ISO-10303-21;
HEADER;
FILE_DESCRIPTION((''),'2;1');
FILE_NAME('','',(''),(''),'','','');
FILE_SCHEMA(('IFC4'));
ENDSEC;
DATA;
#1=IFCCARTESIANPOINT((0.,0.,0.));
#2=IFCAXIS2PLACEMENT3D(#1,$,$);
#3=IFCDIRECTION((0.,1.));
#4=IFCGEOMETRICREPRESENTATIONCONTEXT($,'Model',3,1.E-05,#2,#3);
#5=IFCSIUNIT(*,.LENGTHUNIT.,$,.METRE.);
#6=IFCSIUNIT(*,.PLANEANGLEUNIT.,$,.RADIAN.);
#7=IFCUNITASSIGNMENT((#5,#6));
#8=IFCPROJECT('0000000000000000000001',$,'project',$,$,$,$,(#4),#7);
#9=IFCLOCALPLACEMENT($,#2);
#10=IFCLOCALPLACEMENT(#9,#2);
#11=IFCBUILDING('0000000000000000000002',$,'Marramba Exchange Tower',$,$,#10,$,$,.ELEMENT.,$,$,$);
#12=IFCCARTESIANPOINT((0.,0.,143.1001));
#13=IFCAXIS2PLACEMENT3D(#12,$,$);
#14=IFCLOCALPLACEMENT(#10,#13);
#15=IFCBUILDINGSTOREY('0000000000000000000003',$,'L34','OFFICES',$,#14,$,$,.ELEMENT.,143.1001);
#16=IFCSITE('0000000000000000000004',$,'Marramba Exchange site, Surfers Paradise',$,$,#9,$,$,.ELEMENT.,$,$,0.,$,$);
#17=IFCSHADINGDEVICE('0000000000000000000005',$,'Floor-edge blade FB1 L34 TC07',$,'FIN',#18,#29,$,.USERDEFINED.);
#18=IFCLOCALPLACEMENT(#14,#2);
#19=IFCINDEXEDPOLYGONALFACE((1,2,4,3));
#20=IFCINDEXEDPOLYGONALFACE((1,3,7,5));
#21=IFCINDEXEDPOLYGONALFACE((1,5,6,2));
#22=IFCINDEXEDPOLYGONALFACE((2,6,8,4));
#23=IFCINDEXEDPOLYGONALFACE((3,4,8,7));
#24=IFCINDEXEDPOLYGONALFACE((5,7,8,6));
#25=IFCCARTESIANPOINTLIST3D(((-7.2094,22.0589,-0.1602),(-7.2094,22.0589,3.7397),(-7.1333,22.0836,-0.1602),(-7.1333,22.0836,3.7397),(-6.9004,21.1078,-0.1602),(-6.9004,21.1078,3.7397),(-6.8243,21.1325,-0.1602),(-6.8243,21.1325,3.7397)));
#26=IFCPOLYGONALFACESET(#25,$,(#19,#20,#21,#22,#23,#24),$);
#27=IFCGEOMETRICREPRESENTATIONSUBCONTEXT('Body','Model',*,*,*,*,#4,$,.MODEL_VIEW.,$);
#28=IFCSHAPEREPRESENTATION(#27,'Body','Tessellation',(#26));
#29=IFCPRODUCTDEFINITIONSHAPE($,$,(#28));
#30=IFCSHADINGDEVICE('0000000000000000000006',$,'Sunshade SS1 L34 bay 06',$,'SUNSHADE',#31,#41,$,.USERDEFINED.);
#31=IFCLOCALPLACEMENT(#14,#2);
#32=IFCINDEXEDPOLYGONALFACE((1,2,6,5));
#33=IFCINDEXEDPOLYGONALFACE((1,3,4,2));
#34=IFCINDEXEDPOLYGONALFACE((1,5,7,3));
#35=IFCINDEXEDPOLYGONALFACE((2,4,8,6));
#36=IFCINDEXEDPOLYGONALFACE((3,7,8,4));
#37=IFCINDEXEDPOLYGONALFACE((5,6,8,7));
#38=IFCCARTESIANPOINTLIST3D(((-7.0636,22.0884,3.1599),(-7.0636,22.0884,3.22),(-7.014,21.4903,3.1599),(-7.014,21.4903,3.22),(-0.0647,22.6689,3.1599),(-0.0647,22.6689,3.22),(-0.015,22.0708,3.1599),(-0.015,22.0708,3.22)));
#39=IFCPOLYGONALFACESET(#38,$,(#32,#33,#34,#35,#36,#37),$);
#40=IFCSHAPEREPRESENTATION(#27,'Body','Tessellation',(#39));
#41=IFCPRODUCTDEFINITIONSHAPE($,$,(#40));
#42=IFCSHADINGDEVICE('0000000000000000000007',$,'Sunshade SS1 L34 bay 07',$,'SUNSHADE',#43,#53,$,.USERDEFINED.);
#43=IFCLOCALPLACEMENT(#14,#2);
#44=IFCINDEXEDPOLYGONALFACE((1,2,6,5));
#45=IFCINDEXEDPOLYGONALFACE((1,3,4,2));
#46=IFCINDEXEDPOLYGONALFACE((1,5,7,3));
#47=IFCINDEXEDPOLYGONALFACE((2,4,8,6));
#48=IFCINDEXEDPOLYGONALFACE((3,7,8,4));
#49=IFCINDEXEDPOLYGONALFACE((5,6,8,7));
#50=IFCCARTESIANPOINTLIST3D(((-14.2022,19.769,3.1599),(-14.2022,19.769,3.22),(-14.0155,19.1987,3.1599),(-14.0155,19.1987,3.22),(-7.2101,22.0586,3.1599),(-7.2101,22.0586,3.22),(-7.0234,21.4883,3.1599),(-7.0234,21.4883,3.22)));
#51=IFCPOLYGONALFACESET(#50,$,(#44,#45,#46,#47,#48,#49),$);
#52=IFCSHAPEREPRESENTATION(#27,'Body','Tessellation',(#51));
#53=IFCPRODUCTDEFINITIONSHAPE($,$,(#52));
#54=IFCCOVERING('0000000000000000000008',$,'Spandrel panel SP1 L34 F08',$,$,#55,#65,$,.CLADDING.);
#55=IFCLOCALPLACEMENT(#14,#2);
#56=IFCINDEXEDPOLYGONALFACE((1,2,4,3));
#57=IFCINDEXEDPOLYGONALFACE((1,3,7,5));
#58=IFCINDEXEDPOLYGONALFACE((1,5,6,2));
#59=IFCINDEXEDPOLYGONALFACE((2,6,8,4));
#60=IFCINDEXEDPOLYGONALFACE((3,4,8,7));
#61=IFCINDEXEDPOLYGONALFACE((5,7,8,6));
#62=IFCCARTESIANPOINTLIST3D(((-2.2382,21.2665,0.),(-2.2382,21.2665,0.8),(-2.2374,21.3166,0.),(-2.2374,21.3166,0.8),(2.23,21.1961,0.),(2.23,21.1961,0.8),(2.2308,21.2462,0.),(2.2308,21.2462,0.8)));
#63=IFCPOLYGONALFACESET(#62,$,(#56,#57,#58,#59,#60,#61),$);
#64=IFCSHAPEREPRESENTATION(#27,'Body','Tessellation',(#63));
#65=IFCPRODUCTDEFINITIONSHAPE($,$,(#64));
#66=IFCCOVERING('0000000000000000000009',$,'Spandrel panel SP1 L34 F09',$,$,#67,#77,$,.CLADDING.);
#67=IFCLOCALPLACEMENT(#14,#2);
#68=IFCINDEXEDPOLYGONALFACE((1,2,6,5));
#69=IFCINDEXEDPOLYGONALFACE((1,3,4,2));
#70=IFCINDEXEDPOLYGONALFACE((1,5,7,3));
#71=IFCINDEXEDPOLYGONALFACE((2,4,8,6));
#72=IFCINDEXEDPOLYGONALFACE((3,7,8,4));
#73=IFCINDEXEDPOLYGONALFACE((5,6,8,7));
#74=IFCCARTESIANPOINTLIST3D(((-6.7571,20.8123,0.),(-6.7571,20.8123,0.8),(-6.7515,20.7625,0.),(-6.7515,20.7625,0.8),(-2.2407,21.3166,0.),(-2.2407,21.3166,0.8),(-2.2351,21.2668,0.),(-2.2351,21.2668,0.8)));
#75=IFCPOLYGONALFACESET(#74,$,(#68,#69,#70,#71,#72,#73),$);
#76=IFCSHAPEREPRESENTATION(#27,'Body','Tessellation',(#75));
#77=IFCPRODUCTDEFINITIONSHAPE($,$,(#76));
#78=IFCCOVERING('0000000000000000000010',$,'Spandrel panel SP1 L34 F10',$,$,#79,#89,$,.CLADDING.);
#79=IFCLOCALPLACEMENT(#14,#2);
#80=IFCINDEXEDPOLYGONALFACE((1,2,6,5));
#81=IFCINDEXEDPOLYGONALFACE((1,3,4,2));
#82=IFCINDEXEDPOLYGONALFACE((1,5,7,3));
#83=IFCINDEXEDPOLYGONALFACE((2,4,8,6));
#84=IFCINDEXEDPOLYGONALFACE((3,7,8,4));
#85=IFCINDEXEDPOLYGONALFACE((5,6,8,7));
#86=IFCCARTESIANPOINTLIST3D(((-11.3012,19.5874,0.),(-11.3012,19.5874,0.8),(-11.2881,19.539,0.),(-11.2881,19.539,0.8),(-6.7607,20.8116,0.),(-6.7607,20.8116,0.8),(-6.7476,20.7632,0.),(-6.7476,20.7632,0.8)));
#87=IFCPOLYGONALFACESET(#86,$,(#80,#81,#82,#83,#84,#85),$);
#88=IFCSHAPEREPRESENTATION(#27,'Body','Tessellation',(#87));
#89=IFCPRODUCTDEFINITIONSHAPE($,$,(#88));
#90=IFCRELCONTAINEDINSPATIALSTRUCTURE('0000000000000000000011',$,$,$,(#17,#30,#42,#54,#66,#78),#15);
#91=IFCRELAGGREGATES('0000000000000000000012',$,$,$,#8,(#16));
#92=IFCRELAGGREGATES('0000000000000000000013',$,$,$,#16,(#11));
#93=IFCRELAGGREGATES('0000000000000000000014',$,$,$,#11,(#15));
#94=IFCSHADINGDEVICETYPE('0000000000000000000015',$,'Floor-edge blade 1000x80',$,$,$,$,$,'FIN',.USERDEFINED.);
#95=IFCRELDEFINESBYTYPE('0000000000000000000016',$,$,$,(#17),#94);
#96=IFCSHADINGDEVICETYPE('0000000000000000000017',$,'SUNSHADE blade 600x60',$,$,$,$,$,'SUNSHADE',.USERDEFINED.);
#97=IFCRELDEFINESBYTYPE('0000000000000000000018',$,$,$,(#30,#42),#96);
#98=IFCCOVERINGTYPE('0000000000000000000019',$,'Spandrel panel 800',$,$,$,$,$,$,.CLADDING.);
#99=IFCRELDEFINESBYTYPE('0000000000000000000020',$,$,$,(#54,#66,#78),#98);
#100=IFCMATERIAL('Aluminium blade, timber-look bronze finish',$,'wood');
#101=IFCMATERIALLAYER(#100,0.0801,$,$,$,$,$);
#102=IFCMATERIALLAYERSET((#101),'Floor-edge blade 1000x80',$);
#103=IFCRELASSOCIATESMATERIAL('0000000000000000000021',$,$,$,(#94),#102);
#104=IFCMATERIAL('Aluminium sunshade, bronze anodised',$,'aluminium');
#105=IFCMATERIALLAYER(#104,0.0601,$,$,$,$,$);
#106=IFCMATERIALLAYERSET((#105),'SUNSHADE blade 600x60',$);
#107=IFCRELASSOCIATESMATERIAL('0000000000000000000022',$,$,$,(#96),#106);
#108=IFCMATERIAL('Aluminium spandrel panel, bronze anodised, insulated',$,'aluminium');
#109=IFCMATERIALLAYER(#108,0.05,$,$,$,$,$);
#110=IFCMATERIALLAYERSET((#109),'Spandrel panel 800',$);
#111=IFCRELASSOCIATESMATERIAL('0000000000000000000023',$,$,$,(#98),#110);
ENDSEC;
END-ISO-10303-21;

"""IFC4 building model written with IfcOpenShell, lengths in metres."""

from ifc_helpers import new_model, si_unit, direction, frame, origin, origin_2d, place, context, subcontext, project, spatial, rectangle, extrude, material, layer, layer_set, type_object, element, save


model = new_model("IFC4")

# Units and contexts
model_context = context("Model", 3, precision=1e-05, world=origin(), true_north=direction((0.0, 1.0)))
body_context = subcontext(model_context, "Body", "Model", "MODEL_VIEW")
ifc_project = project(units=[si_unit("LENGTHUNIT", "METRE"), si_unit("PLANEANGLEUNIT", "RADIAN")], contexts=[model_context])

# Site, building, storey
site_placement = place(None, origin())
site = spatial("IfcSite", under=ifc_project, at=site_placement, Name="Marramba Exchange site, Surfers Paradise", CompositionType="ELEMENT", RefElevation=0.0)
building_placement = place(site_placement, origin())
building = spatial("IfcBuilding", under=site, at=building_placement, Name="Marramba Exchange Tower", CompositionType="ELEMENT")
storey_placement = place(building_placement, frame((0.0, 0.0, 143.1001)))
storey = spatial("IfcBuildingStorey", under=building, at=storey_placement, Name="L34", Description="OFFICES", CompositionType="ELEMENT", Elevation=143.1001)

# Shading devices
ifc_material_1 = material(Name="Aluminium blade, timber-look bronze finish", Category="wood")
ifc_layer_1 = layer(ifc_material_1, 0.0801)
ifc_layer_set_1 = layer_set([ifc_layer_1], Name="Floor-edge blade 1000x80")
shading_device_type_1 = type_object("IfcShadingDeviceType", Name="Floor-edge blade 1000x80", ElementType="FIN", PredefinedType="USERDEFINED", material=ifc_layer_set_1)
shading_device_1_placement = place(storey_placement, frame((-7.0168, 21.5957, -0.1602), z_axis=(0.0, 0.0, 1.0), x_axis=(-0.309017, 0.951057, 0.0)))
element("IfcShadingDevice", 1, at=shading_device_1_placement, inside=storey, type_object=shading_device_type_1, Name="Floor-edge blade FB1 L34 TC07", ObjectType="FIN", PredefinedType="USERDEFINED", context=body_context, shape_type="SweptSolid", body=[
    extrude(rectangle(XDim=1.0, YDim=0.0801, at=origin_2d()), origin(), (0.0, 0.0, 1.0), 3.8999),
])
ifc_material_2 = material(Name="Aluminium sunshade, bronze anodised", Category="aluminium")
ifc_layer_2 = layer(ifc_material_2, 0.0601)
ifc_layer_set_2 = layer_set([ifc_layer_2], Name="SUNSHADE blade 600x60")
shading_device_type_2 = type_object("IfcShadingDeviceType", Name="SUNSHADE blade 600x60", ElementType="SUNSHADE", PredefinedType="USERDEFINED", material=ifc_layer_set_2)
shading_device_2_placement = place(storey_placement, frame((-3.5393, 22.0796, 3.1599), z_axis=(0.0, 0.0, 1.0), x_axis=(-0.996578, -0.08266, 0.0)))
element("IfcShadingDevice", 2, at=shading_device_2_placement, inside=storey, type_object=shading_device_type_2, Name="Sunshade SS1 L34 bay 06", ObjectType="SUNSHADE", PredefinedType="USERDEFINED", context=body_context, shape_type="SweptSolid", body=[
    extrude(rectangle(XDim=7.0229, YDim=0.6001, at=origin_2d()), origin(), (0.0, 0.0, 1.0), 0.0601),
])
shading_device_3_placement = place(storey_placement, frame((-10.6128, 20.6287, 3.1599), z_axis=(0.0, 0.0, 1.0), x_axis=(-0.950346, -0.311196, 0.0)))
element("IfcShadingDevice", 3, at=shading_device_3_placement, inside=storey, type_object=shading_device_type_2, Name="Sunshade SS1 L34 bay 07", ObjectType="SUNSHADE", PredefinedType="USERDEFINED", context=body_context, shape_type="SweptSolid", body=[
    extrude(rectangle(XDim=7.3574, YDim=0.6001, at=origin_2d()), origin(), (0.0, 0.0, 1.0), 0.0601),
])

# Coverings
ifc_material_3 = material(Name="Aluminium spandrel panel, bronze anodised, insulated", Category="aluminium")
ifc_layer_3 = layer(ifc_material_3, 0.05)
ifc_layer_set_3 = layer_set([ifc_layer_3], Name="Spandrel panel 800")
covering_type = type_object("IfcCoveringType", Name="Spandrel panel 800", PredefinedType="CLADDING", material=ifc_layer_set_3)
covering_1_placement = place(storey_placement, frame((-0.0037, 21.2563, 0.0), z_axis=(0.0, 0.0, 1.0), x_axis=(-0.999876, 0.015756, 0.0)))
element("IfcCovering", 4, at=covering_1_placement, inside=storey, type_object=covering_type, Name="Spandrel panel SP1 L34 F08", PredefinedType="CLADDING", context=body_context, shape_type="SweptSolid", body=[
    extrude(rectangle(XDim=4.4688, YDim=0.05, at=origin_2d()), origin(), (0.0, 0.0, 1.0), 0.8),
])
covering_2_placement = place(storey_placement, frame((-4.4961, 21.0396, 0.0), z_axis=(0.0, 0.0, 1.0), x_axis=(-0.993823, -0.110973, 0.0)))
element("IfcCovering", 5, at=covering_2_placement, inside=storey, type_object=covering_type, Name="Spandrel panel SP1 L34 F09", PredefinedType="CLADDING", context=body_context, shape_type="SweptSolid", body=[
    extrude(rectangle(XDim=4.5444, YDim=0.05, at=origin_2d()), origin(), (0.0, 0.0, 1.0), 0.8),
])
covering_3_placement = place(storey_placement, frame((-9.0244, 20.1753, 0.0), z_axis=(0.0, 0.0, 1.0), x_axis=(-0.965522, -0.260321, 0.0)))
element("IfcCovering", 6, at=covering_3_placement, inside=storey, type_object=covering_type, Name="Spandrel panel SP1 L34 F10", PredefinedType="CLADDING", context=body_context, shape_type="SweptSolid", body=[
    extrude(rectangle(XDim=4.7026, YDim=0.05, at=origin_2d()), origin(), (0.0, 0.0, 1.0), 0.8),
])

save(model, "model.ifc")
